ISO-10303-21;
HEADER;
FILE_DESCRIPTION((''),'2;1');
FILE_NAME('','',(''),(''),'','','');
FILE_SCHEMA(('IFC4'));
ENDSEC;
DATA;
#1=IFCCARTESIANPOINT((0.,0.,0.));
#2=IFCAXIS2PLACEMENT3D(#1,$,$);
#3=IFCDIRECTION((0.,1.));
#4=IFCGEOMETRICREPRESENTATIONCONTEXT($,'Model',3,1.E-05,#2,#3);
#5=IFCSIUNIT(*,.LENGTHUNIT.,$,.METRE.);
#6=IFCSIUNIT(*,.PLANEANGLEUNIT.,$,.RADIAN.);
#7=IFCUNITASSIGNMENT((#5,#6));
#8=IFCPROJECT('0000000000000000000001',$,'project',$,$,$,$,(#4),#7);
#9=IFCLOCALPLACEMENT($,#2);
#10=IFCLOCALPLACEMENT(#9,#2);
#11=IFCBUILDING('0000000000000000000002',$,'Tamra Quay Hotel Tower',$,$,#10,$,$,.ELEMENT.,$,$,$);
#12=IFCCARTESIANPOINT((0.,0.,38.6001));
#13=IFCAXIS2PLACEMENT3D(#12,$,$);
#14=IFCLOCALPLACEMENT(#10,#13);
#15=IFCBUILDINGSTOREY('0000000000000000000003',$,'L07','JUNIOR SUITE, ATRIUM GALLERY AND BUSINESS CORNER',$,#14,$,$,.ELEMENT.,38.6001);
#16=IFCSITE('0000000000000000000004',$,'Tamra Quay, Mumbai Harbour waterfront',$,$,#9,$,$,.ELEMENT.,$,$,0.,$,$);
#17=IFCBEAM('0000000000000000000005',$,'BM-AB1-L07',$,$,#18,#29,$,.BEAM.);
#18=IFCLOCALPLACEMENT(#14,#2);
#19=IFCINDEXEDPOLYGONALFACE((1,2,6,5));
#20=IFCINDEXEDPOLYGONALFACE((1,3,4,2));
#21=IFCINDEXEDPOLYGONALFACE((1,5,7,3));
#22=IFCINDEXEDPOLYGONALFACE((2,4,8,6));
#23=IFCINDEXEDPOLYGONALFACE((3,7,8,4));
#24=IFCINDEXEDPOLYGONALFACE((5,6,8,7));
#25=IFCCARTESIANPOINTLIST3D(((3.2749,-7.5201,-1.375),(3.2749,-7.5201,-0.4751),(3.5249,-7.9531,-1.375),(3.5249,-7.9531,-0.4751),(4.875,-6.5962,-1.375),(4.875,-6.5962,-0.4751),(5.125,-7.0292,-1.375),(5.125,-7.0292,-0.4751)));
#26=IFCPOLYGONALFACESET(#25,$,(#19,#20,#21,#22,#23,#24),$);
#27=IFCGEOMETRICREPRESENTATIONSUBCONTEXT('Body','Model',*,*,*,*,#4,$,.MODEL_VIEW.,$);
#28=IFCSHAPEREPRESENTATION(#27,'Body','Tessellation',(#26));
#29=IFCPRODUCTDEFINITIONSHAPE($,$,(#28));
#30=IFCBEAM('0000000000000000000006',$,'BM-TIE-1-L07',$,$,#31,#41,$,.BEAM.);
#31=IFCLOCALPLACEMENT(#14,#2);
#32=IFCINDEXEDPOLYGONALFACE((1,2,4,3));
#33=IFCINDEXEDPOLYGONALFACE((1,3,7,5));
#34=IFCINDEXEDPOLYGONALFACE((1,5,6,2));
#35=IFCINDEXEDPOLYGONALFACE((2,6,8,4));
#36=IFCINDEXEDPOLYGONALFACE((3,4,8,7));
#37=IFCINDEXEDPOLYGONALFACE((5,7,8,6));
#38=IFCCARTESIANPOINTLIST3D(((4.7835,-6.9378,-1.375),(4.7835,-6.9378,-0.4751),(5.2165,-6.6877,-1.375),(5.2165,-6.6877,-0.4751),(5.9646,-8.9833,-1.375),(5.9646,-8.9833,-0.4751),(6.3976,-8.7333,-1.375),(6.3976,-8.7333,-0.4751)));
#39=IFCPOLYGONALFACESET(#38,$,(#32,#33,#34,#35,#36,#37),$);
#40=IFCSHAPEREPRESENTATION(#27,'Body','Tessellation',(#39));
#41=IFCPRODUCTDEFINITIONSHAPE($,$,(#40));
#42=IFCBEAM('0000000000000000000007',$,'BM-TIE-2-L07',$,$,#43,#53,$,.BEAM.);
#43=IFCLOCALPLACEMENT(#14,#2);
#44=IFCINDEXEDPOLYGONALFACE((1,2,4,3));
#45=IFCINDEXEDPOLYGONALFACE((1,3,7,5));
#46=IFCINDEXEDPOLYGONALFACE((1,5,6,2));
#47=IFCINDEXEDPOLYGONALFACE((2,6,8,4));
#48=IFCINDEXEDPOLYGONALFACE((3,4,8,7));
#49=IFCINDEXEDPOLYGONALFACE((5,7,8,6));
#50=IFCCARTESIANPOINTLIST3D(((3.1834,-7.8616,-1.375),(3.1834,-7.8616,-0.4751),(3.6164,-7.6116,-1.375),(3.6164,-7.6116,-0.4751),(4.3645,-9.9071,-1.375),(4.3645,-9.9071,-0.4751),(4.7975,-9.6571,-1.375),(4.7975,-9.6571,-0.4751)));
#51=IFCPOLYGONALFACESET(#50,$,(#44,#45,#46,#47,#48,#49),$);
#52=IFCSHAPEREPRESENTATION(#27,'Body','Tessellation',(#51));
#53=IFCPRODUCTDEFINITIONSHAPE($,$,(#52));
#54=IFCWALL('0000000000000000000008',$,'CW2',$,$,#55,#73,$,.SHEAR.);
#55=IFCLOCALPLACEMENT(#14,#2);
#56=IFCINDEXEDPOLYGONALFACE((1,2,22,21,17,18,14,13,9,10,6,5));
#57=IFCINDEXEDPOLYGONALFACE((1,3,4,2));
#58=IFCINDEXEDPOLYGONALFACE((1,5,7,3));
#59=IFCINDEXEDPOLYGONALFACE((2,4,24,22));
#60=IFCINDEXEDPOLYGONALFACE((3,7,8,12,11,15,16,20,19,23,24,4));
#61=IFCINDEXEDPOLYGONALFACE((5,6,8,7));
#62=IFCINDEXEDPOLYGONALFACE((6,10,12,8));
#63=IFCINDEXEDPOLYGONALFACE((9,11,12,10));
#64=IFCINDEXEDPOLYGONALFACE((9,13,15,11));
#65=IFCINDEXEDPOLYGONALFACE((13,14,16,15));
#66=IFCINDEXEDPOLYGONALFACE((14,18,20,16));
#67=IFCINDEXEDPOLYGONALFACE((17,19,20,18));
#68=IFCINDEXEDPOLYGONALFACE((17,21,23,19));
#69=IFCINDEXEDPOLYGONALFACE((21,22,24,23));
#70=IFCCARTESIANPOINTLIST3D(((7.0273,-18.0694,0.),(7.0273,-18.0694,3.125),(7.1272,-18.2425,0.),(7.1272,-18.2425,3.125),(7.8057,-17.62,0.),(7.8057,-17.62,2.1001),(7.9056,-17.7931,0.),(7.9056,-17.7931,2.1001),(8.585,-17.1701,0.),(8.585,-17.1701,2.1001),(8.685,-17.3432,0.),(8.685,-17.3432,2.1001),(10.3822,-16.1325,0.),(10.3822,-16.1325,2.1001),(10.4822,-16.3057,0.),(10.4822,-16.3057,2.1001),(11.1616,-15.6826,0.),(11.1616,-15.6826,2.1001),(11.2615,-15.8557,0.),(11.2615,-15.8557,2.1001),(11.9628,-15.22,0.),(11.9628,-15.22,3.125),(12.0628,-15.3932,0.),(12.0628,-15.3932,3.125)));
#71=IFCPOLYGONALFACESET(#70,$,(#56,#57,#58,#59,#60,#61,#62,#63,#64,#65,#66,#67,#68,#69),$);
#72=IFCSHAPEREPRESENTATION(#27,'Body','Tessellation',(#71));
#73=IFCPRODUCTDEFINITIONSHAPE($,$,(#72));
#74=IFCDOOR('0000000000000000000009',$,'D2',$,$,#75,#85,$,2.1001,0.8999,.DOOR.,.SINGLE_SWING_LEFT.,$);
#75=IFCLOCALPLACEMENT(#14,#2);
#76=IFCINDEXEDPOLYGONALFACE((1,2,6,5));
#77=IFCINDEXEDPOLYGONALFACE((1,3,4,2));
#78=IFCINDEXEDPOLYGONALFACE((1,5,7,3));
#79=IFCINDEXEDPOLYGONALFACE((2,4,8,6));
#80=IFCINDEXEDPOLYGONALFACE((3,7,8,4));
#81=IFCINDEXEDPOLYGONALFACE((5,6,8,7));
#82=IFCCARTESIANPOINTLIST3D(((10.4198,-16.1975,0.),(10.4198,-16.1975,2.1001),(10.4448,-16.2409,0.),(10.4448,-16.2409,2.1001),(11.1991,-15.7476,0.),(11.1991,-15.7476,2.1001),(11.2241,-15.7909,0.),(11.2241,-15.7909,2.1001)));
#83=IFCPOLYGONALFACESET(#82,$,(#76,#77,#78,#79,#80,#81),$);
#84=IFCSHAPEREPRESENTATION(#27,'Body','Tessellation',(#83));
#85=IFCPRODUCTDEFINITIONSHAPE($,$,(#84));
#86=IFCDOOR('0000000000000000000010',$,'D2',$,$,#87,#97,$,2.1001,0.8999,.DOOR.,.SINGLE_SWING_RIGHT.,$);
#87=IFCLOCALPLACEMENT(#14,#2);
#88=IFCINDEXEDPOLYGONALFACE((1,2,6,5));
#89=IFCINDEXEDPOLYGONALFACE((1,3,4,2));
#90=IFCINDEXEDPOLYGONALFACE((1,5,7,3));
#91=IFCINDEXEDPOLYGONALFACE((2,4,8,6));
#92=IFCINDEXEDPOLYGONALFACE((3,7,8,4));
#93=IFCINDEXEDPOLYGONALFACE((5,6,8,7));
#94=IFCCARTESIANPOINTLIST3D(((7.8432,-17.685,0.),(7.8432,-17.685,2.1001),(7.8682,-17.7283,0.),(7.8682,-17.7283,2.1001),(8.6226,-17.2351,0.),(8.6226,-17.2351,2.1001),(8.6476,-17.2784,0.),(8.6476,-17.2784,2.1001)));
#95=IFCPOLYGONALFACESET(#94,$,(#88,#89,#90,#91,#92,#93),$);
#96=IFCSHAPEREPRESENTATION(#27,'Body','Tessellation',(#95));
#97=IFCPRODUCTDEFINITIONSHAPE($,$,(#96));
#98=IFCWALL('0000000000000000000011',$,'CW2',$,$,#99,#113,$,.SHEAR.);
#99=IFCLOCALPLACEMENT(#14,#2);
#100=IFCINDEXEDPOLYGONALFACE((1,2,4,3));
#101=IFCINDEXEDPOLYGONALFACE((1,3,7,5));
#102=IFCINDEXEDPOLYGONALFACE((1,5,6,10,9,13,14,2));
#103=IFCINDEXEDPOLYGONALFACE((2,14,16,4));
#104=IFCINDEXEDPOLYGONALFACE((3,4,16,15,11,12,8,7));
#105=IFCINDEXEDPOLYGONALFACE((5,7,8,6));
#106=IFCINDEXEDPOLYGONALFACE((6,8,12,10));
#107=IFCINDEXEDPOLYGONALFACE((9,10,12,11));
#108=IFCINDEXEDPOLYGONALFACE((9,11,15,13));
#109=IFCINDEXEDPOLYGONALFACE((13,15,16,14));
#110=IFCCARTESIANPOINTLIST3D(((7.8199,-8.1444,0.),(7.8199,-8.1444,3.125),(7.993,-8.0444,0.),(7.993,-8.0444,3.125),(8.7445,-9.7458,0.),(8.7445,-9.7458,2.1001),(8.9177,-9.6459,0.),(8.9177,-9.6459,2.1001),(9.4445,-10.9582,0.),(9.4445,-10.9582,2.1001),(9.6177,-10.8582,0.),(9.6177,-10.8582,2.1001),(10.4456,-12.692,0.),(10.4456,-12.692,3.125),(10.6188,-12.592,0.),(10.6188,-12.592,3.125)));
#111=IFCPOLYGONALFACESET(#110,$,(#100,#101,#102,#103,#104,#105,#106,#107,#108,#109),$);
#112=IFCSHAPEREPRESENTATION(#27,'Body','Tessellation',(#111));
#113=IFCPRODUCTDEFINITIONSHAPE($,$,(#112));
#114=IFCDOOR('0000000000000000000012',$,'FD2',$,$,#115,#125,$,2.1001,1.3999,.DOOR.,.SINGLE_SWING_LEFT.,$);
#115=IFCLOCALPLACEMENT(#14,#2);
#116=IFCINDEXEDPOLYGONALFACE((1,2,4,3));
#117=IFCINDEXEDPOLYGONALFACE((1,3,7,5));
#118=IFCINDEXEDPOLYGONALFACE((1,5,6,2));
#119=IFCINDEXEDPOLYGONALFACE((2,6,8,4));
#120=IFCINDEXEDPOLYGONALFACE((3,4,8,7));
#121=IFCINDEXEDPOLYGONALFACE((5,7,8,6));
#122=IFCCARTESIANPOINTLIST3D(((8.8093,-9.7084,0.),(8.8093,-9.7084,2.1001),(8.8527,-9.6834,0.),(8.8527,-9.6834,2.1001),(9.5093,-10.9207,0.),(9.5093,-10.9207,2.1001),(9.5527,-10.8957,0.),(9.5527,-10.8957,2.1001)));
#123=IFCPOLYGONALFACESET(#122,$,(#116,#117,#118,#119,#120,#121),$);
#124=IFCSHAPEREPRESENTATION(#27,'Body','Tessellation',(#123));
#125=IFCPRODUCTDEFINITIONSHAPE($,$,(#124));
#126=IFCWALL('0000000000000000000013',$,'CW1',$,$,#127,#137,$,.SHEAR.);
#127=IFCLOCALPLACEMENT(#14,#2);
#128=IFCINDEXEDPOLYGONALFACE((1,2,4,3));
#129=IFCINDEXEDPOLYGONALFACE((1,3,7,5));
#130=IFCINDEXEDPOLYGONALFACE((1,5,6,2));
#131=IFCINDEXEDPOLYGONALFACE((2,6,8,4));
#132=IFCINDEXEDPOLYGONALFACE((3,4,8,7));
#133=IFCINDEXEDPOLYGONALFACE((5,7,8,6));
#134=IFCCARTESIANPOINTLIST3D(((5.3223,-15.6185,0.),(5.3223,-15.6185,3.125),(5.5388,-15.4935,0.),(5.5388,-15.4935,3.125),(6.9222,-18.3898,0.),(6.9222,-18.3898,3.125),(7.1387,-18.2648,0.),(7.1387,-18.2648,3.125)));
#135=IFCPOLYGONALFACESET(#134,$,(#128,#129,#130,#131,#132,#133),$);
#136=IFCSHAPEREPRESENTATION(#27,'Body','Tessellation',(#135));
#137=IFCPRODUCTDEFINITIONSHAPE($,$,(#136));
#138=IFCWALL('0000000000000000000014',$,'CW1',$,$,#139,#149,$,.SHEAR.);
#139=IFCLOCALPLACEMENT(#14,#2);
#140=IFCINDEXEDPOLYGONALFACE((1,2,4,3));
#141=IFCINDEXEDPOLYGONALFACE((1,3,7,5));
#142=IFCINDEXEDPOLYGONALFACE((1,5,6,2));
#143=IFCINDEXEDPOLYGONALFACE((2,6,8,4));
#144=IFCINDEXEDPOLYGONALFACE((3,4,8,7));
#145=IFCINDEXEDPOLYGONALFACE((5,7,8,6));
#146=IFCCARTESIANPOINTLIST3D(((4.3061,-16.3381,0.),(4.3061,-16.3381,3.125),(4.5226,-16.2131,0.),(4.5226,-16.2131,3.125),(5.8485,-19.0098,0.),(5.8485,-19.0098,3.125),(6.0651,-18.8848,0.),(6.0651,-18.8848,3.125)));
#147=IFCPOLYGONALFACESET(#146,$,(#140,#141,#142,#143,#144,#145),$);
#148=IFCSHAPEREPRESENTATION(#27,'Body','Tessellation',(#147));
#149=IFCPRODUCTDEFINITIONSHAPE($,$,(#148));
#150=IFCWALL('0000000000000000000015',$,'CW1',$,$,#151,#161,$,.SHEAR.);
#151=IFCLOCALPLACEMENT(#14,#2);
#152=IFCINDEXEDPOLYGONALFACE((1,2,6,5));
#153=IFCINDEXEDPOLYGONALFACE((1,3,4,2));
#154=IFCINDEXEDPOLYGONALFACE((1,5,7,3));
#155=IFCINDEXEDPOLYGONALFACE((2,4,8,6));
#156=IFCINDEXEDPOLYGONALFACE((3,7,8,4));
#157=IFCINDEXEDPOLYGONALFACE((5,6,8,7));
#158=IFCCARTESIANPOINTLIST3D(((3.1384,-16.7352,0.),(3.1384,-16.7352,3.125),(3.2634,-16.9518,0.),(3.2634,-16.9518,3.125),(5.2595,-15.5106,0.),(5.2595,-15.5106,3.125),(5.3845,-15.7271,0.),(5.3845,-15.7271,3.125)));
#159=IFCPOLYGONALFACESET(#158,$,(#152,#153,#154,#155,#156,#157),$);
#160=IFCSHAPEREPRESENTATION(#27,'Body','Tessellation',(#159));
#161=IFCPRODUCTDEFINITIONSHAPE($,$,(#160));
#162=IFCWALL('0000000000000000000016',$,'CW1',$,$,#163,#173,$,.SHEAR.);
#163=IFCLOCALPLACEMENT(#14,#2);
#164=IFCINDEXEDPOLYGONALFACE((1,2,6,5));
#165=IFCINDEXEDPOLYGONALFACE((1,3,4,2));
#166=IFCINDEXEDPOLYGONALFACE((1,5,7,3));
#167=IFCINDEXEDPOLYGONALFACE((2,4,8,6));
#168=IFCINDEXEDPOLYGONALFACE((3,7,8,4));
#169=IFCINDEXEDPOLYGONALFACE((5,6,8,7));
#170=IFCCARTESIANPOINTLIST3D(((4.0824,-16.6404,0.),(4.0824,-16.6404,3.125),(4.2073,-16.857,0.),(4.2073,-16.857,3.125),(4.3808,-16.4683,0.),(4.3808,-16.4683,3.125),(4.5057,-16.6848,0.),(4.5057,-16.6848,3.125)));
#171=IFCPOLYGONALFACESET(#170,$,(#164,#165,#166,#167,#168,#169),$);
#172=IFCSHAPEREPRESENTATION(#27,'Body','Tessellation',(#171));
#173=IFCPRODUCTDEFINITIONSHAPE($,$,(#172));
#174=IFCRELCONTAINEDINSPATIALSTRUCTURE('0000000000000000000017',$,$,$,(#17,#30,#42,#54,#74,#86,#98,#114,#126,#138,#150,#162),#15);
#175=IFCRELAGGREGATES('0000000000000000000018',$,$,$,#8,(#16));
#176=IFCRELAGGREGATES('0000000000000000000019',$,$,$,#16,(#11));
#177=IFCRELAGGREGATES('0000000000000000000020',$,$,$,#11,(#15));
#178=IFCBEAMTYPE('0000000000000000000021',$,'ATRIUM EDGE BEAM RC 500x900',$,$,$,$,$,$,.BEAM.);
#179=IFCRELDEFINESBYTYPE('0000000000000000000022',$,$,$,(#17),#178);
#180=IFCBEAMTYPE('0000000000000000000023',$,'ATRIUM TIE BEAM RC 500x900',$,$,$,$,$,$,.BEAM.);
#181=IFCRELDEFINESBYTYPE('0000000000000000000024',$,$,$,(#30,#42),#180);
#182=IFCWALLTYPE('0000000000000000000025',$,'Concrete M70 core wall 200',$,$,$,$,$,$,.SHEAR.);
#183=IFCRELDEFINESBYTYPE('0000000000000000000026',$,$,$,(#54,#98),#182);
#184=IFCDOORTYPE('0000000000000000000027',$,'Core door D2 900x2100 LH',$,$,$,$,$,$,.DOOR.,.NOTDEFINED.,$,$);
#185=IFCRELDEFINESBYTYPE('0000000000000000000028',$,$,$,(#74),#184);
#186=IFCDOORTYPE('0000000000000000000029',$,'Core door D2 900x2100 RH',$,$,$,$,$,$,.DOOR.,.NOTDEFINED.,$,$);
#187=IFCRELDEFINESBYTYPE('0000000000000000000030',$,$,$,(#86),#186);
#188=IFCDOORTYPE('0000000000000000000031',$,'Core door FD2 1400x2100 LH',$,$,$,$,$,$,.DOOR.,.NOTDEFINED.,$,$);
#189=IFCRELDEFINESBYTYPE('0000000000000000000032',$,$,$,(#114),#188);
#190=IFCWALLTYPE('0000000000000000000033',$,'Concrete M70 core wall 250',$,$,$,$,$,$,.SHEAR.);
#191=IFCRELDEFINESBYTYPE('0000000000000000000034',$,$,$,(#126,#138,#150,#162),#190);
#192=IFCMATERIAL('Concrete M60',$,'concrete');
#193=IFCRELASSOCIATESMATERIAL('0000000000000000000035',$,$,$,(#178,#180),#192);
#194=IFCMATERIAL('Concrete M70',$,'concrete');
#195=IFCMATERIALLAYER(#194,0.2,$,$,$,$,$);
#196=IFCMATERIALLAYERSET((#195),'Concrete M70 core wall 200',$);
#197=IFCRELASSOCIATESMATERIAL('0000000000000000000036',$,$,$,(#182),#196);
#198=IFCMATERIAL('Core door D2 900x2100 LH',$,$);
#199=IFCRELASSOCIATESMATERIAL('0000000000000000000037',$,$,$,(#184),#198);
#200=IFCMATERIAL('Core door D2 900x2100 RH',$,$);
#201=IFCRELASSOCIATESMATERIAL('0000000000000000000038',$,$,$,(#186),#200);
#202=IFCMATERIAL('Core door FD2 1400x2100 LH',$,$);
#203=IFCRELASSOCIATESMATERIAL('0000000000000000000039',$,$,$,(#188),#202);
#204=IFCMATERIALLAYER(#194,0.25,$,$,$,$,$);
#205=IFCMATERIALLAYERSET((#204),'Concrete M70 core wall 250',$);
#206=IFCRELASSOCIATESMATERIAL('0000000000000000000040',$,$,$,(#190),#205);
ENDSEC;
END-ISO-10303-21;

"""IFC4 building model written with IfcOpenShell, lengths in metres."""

from ifc_helpers import new_model, si_unit, direction, frame, frame_2d, origin, origin_2d, place, context, subcontext, project, spatial, rectangle, extrude, material, layer, layer_set, material_profile, profile_set, type_object, element, fill, save


model = new_model("IFC4")

# Units and contexts
model_context = context("Model", 3, precision=1e-05, world=origin(), true_north=direction((0.0, 1.0)))
body_context = subcontext(model_context, "Body", "Model", "MODEL_VIEW")
ifc_project = project(units=[si_unit("LENGTHUNIT", "METRE"), si_unit("PLANEANGLEUNIT", "RADIAN")], contexts=[model_context])

# Site, building, storey
site_placement = place(None, origin())
site = spatial("IfcSite", under=ifc_project, at=site_placement, Name="Tamra Quay, Mumbai Harbour waterfront", CompositionType="ELEMENT", RefElevation=0.0)
building_placement = place(site_placement, origin())
building = spatial("IfcBuilding", under=site, at=building_placement, Name="Tamra Quay Hotel Tower", CompositionType="ELEMENT")
storey_placement = place(building_placement, frame((0.0, 0.0, 38.6001)))
storey = spatial("IfcBuildingStorey", under=building, at=storey_placement, Name="L07", Description="JUNIOR SUITE, ATRIUM GALLERY AND BUSINESS CORNER", CompositionType="ELEMENT", Elevation=38.6001)

# Beams
ifc_material_1 = material(Name="Concrete M60", Category="concrete")
ifc_material_profile_1 = material_profile(ifc_material_1, rectangle(XDim=0.5, YDim=0.8999, at=origin_2d()), Name="ATRIUM EDGE BEAM RC 500x900")
ifc_profile_set_1 = profile_set([ifc_material_profile_1], Name="Concrete M60")
beam_type_1 = type_object("IfcBeamType", Name="ATRIUM EDGE BEAM RC 500x900", PredefinedType="BEAM", material=ifc_profile_set_1)
beam_placement = place(storey_placement, frame((5.0, -6.8127, -0.925), z_axis=(-0.866023, -0.500005, 0.0), x_axis=(0.500005, -0.866023, 0.0)))
element("IfcBeam", 1, at=beam_placement, inside=storey, type_object=beam_type_1, Name="BM-AB1-L07", PredefinedType="BEAM", context=body_context, shape_type="SweptSolid", body=[
    extrude(rectangle(XDim=0.5, YDim=0.8999, at=origin_2d()), origin(), (0.0, 0.0, 1.0), 1.8477),
])
ifc_material_profile_2 = material_profile(ifc_material_1, rectangle(XDim=0.5, YDim=0.8999, at=origin_2d()), Name="ATRIUM TIE BEAM RC 500x900")
ifc_profile_set_2 = profile_set([ifc_material_profile_2], Name="Concrete M60")
beam_type_2 = type_object("IfcBeamType", Name="ATRIUM TIE BEAM RC 500x900", PredefinedType="BEAM", material=ifc_profile_set_2)
for number, where, z_axis, x_axis, name in (
    (2, (5.0, -6.8127, -0.925), (0.50003, -0.866008, 0.0), (0.866008, 0.50003, 0.0), "BM-TIE-1-L07"),
    (3, (3.3999, -7.7366, -0.925), (0.50003, -0.866008, 0.0), (0.866008, 0.50003, 0.0), "BM-TIE-2-L07"),
):
    element("IfcBeam", number, at=place(storey_placement, frame(where, z_axis=z_axis, x_axis=x_axis)), inside=storey, type_object=beam_type_2, Name=name, PredefinedType="BEAM", context=body_context, shape_type="SweptSolid", body=[
        extrude(rectangle(XDim=0.5, YDim=0.8999, at=origin_2d()), origin(), (0.0, 0.0, 1.0), 2.3621),
    ])

# Wall, openings, doors
ifc_material_2 = material(Name="Concrete M70", Category="concrete")
ifc_layer_1 = layer(ifc_material_2, 0.2)
ifc_layer_set_1 = layer_set([ifc_layer_1], Name="Concrete M70 core wall 200")
wall_type_1 = type_object("IfcWallType", Name="Concrete M70 core wall 200", PredefinedType="SHEAR", material=ifc_layer_set_1)
wall_1_placement = place(storey_placement, frame((7.0771, -18.156, 0.0), z_axis=(0.0, 0.0, 1.0), x_axis=(0.866039, 0.499977, 0.0)))
wall_1 = element("IfcWall", 4, at=wall_1_placement, inside=storey, type_object=wall_type_1, Name="CW2", PredefinedType="SHEAR", context=body_context, shape_type="SweptSolid", body=[
    extrude(rectangle(XDim=5.699, YDim=0.2, at=frame_2d((2.8496, 0.0))), origin(), (0.0, 0.0, 1.0), 3.125),
])
opening_1_placement = place(wall_1_placement, frame((0.8989, 0.0, 0.0)))
opening_1 = element("IfcOpeningElement", 5, at=opening_1_placement, cuts=wall_1, PredefinedType="OPENING", context=body_context, shape_type="SweptSolid", body=[
    extrude(rectangle(XDim=0.8999, YDim=2.1001, at=frame_2d((0.45, 1.05))), frame((0.0, 0.1099, 0.0), z_axis=(0.0, -1.0, 0.0), x_axis=(1.0, 0.0, 0.0)), (0.0, 0.0, 1.0), 0.22),
])
opening_2_placement = place(wall_1_placement, frame((3.874, 0.0, 0.0)))
opening_2 = element("IfcOpeningElement", 6, at=opening_2_placement, cuts=wall_1, PredefinedType="OPENING", context=body_context, shape_type="SweptSolid", body=[
    extrude(rectangle(XDim=0.8999, YDim=2.1001, at=frame_2d((0.45, 1.05))), frame((0.0, 0.1099, 0.0), z_axis=(0.0, -1.0, 0.0), x_axis=(1.0, 0.0, 0.0)), (0.0, 0.0, 1.0), 0.22),
])
ifc_material_3 = material(Name="Core door D2 900x2100 LH")
door_type_1 = type_object("IfcDoorType", Name="Core door D2 900x2100 LH", OperationType="NOTDEFINED", PredefinedType="DOOR", material=ifc_material_3)
door_1_placement = place(opening_2_placement, origin())
door_1 = element("IfcDoor", 7, at=door_1_placement, inside=storey, type_object=door_type_1, Name="D2", OperationType="SINGLE_SWING_LEFT", OverallHeight=2.1001, OverallWidth=0.8999, PredefinedType="DOOR", context=body_context, shape_type="SweptSolid", body=[
    extrude(rectangle(XDim=0.8999, YDim=2.1001, at=frame_2d((0.45, 1.05))), frame((0.0, 0.0249, 0.0), z_axis=(0.0, -1.0, 0.0), x_axis=(1.0, 0.0, 0.0)), (0.0, 0.0, 1.0), 0.05),
])
fill(opening_2, door_1)
ifc_material_4 = material(Name="Core door D2 900x2100 RH")
door_type_2 = type_object("IfcDoorType", Name="Core door D2 900x2100 RH", OperationType="NOTDEFINED", PredefinedType="DOOR", material=ifc_material_4)
door_2_placement = place(opening_1_placement, origin())
door_2 = element("IfcDoor", 8, at=door_2_placement, inside=storey, type_object=door_type_2, Name="D2", OperationType="SINGLE_SWING_RIGHT", OverallHeight=2.1001, OverallWidth=0.8999, PredefinedType="DOOR", context=body_context, shape_type="SweptSolid", body=[
    extrude(rectangle(XDim=0.8999, YDim=2.1001, at=frame_2d((0.45, 1.05))), frame((0.0, 0.0249, 0.0), z_axis=(0.0, -1.0, 0.0), x_axis=(1.0, 0.0, 0.0)), (0.0, 0.0, 1.0), 0.05),
])
fill(opening_1, door_2)

# Wall, opening, door
wall_2_placement = place(storey_placement, frame((7.9065, -8.0945, 0.0), z_axis=(0.0, 0.0, 1.0), x_axis=(0.500024, -0.866011, 0.0)))
wall_2 = element("IfcWall", 9, at=wall_2_placement, inside=storey, type_object=wall_type_1, Name="CW2", PredefinedType="SHEAR", context=body_context, shape_type="SweptSolid", body=[
    extrude(rectangle(XDim=5.2512, YDim=0.2, at=frame_2d((2.6255, 0.0))), origin(), (0.0, 0.0, 1.0), 3.125),
])
opening_3_placement = place(wall_2_placement, frame((1.8491, 0.0, 0.0)))
opening_3 = element("IfcOpeningElement", 10, at=opening_3_placement, cuts=wall_2, PredefinedType="OPENING", context=body_context, shape_type="SweptSolid", body=[
    extrude(rectangle(XDim=1.3999, YDim=2.1001, at=frame_2d((0.7, 1.05))), frame((0.0, 0.1099, 0.0), z_axis=(0.0, -1.0, 0.0), x_axis=(1.0, 0.0, 0.0)), (0.0, 0.0, 1.0), 0.22),
])
ifc_material_5 = material(Name="Core door FD2 1400x2100 LH")
door_type_3 = type_object("IfcDoorType", Name="Core door FD2 1400x2100 LH", OperationType="NOTDEFINED", PredefinedType="DOOR", material=ifc_material_5)
door_3_placement = place(opening_3_placement, origin())
door_3 = element("IfcDoor", 11, at=door_3_placement, inside=storey, type_object=door_type_3, Name="FD2", OperationType="SINGLE_SWING_LEFT", OverallHeight=2.1001, OverallWidth=1.3999, PredefinedType="DOOR", context=body_context, shape_type="SweptSolid", body=[
    extrude(rectangle(XDim=1.3999, YDim=2.1001, at=frame_2d((0.7, 1.05))), frame((0.0, 0.0249, 0.0), z_axis=(0.0, -1.0, 0.0), x_axis=(1.0, 0.0, 0.0)), (0.0, 0.0, 1.0), 0.05),
])
fill(opening_3, door_3)

# Walls
ifc_layer_2 = layer(ifc_material_2, 0.25)
ifc_layer_set_2 = layer_set([ifc_layer_2], Name="Concrete M70 core wall 250")
wall_type_2 = type_object("IfcWallType", Name="Concrete M70 core wall 250", PredefinedType="SHEAR", material=ifc_layer_set_2)
wall_3_placement = place(storey_placement, frame((7.0305, -18.3274, 0.0), z_axis=(0.0, 0.0, 1.0), x_axis=(-0.499971, 0.866042, 0.0)))
element("IfcWall", 12, at=wall_3_placement, inside=storey, type_object=wall_type_2, Name="CW1", PredefinedType="SHEAR", context=body_context, shape_type="SweptSolid", body=[
    extrude(rectangle(XDim=3.2, YDim=0.25, at=frame_2d((1.6001, 0.0))), origin(), (0.0, 0.0, 1.0), 3.125),
])
wall_4_placement = place(storey_placement, frame((4.4143, -16.2756, 0.0), z_axis=(0.0, 0.0, 1.0), x_axis=(0.500003, -0.866023, 0.0)))
element("IfcWall", 13, at=wall_4_placement, inside=storey, type_object=wall_type_2, Name="CW1", PredefinedType="SHEAR", context=body_context, shape_type="SweptSolid", body=[
    extrude(rectangle(XDim=3.085, YDim=0.25, at=frame_2d((1.5425, 0.0))), origin(), (0.0, 0.0, 1.0), 3.125),
])
wall_5_placement = place(storey_placement, frame((5.322, -15.6189, 0.0), z_axis=(0.0, 0.0, 1.0), x_axis=(-0.866026, -0.499999, 0.0)))
element("IfcWall", 14, at=wall_5_placement, inside=storey, type_object=wall_type_2, Name="CW1", PredefinedType="SHEAR", context=body_context, shape_type="SweptSolid", body=[
    extrude(rectangle(XDim=2.4492, YDim=0.25, at=frame_2d((1.2246, 0.0))), origin(), (0.0, 0.0, 1.0), 3.125),
])
wall_6_placement = place(storey_placement, frame((4.1448, -16.7488, 0.0), z_axis=(0.0, 0.0, 1.0), x_axis=(0.866186, 0.499722, 0.0)))
element("IfcWall", 15, at=wall_6_placement, inside=storey, type_object=wall_type_2, Name="CW1", PredefinedType="SHEAR", context=body_context, shape_type="SweptSolid", body=[
    extrude(rectangle(XDim=0.3445, YDim=0.25, at=frame_2d((0.1724, 0.0))), origin(), (0.0, 0.0, 1.0), 3.125),
])

save(model, "model.ifc")
